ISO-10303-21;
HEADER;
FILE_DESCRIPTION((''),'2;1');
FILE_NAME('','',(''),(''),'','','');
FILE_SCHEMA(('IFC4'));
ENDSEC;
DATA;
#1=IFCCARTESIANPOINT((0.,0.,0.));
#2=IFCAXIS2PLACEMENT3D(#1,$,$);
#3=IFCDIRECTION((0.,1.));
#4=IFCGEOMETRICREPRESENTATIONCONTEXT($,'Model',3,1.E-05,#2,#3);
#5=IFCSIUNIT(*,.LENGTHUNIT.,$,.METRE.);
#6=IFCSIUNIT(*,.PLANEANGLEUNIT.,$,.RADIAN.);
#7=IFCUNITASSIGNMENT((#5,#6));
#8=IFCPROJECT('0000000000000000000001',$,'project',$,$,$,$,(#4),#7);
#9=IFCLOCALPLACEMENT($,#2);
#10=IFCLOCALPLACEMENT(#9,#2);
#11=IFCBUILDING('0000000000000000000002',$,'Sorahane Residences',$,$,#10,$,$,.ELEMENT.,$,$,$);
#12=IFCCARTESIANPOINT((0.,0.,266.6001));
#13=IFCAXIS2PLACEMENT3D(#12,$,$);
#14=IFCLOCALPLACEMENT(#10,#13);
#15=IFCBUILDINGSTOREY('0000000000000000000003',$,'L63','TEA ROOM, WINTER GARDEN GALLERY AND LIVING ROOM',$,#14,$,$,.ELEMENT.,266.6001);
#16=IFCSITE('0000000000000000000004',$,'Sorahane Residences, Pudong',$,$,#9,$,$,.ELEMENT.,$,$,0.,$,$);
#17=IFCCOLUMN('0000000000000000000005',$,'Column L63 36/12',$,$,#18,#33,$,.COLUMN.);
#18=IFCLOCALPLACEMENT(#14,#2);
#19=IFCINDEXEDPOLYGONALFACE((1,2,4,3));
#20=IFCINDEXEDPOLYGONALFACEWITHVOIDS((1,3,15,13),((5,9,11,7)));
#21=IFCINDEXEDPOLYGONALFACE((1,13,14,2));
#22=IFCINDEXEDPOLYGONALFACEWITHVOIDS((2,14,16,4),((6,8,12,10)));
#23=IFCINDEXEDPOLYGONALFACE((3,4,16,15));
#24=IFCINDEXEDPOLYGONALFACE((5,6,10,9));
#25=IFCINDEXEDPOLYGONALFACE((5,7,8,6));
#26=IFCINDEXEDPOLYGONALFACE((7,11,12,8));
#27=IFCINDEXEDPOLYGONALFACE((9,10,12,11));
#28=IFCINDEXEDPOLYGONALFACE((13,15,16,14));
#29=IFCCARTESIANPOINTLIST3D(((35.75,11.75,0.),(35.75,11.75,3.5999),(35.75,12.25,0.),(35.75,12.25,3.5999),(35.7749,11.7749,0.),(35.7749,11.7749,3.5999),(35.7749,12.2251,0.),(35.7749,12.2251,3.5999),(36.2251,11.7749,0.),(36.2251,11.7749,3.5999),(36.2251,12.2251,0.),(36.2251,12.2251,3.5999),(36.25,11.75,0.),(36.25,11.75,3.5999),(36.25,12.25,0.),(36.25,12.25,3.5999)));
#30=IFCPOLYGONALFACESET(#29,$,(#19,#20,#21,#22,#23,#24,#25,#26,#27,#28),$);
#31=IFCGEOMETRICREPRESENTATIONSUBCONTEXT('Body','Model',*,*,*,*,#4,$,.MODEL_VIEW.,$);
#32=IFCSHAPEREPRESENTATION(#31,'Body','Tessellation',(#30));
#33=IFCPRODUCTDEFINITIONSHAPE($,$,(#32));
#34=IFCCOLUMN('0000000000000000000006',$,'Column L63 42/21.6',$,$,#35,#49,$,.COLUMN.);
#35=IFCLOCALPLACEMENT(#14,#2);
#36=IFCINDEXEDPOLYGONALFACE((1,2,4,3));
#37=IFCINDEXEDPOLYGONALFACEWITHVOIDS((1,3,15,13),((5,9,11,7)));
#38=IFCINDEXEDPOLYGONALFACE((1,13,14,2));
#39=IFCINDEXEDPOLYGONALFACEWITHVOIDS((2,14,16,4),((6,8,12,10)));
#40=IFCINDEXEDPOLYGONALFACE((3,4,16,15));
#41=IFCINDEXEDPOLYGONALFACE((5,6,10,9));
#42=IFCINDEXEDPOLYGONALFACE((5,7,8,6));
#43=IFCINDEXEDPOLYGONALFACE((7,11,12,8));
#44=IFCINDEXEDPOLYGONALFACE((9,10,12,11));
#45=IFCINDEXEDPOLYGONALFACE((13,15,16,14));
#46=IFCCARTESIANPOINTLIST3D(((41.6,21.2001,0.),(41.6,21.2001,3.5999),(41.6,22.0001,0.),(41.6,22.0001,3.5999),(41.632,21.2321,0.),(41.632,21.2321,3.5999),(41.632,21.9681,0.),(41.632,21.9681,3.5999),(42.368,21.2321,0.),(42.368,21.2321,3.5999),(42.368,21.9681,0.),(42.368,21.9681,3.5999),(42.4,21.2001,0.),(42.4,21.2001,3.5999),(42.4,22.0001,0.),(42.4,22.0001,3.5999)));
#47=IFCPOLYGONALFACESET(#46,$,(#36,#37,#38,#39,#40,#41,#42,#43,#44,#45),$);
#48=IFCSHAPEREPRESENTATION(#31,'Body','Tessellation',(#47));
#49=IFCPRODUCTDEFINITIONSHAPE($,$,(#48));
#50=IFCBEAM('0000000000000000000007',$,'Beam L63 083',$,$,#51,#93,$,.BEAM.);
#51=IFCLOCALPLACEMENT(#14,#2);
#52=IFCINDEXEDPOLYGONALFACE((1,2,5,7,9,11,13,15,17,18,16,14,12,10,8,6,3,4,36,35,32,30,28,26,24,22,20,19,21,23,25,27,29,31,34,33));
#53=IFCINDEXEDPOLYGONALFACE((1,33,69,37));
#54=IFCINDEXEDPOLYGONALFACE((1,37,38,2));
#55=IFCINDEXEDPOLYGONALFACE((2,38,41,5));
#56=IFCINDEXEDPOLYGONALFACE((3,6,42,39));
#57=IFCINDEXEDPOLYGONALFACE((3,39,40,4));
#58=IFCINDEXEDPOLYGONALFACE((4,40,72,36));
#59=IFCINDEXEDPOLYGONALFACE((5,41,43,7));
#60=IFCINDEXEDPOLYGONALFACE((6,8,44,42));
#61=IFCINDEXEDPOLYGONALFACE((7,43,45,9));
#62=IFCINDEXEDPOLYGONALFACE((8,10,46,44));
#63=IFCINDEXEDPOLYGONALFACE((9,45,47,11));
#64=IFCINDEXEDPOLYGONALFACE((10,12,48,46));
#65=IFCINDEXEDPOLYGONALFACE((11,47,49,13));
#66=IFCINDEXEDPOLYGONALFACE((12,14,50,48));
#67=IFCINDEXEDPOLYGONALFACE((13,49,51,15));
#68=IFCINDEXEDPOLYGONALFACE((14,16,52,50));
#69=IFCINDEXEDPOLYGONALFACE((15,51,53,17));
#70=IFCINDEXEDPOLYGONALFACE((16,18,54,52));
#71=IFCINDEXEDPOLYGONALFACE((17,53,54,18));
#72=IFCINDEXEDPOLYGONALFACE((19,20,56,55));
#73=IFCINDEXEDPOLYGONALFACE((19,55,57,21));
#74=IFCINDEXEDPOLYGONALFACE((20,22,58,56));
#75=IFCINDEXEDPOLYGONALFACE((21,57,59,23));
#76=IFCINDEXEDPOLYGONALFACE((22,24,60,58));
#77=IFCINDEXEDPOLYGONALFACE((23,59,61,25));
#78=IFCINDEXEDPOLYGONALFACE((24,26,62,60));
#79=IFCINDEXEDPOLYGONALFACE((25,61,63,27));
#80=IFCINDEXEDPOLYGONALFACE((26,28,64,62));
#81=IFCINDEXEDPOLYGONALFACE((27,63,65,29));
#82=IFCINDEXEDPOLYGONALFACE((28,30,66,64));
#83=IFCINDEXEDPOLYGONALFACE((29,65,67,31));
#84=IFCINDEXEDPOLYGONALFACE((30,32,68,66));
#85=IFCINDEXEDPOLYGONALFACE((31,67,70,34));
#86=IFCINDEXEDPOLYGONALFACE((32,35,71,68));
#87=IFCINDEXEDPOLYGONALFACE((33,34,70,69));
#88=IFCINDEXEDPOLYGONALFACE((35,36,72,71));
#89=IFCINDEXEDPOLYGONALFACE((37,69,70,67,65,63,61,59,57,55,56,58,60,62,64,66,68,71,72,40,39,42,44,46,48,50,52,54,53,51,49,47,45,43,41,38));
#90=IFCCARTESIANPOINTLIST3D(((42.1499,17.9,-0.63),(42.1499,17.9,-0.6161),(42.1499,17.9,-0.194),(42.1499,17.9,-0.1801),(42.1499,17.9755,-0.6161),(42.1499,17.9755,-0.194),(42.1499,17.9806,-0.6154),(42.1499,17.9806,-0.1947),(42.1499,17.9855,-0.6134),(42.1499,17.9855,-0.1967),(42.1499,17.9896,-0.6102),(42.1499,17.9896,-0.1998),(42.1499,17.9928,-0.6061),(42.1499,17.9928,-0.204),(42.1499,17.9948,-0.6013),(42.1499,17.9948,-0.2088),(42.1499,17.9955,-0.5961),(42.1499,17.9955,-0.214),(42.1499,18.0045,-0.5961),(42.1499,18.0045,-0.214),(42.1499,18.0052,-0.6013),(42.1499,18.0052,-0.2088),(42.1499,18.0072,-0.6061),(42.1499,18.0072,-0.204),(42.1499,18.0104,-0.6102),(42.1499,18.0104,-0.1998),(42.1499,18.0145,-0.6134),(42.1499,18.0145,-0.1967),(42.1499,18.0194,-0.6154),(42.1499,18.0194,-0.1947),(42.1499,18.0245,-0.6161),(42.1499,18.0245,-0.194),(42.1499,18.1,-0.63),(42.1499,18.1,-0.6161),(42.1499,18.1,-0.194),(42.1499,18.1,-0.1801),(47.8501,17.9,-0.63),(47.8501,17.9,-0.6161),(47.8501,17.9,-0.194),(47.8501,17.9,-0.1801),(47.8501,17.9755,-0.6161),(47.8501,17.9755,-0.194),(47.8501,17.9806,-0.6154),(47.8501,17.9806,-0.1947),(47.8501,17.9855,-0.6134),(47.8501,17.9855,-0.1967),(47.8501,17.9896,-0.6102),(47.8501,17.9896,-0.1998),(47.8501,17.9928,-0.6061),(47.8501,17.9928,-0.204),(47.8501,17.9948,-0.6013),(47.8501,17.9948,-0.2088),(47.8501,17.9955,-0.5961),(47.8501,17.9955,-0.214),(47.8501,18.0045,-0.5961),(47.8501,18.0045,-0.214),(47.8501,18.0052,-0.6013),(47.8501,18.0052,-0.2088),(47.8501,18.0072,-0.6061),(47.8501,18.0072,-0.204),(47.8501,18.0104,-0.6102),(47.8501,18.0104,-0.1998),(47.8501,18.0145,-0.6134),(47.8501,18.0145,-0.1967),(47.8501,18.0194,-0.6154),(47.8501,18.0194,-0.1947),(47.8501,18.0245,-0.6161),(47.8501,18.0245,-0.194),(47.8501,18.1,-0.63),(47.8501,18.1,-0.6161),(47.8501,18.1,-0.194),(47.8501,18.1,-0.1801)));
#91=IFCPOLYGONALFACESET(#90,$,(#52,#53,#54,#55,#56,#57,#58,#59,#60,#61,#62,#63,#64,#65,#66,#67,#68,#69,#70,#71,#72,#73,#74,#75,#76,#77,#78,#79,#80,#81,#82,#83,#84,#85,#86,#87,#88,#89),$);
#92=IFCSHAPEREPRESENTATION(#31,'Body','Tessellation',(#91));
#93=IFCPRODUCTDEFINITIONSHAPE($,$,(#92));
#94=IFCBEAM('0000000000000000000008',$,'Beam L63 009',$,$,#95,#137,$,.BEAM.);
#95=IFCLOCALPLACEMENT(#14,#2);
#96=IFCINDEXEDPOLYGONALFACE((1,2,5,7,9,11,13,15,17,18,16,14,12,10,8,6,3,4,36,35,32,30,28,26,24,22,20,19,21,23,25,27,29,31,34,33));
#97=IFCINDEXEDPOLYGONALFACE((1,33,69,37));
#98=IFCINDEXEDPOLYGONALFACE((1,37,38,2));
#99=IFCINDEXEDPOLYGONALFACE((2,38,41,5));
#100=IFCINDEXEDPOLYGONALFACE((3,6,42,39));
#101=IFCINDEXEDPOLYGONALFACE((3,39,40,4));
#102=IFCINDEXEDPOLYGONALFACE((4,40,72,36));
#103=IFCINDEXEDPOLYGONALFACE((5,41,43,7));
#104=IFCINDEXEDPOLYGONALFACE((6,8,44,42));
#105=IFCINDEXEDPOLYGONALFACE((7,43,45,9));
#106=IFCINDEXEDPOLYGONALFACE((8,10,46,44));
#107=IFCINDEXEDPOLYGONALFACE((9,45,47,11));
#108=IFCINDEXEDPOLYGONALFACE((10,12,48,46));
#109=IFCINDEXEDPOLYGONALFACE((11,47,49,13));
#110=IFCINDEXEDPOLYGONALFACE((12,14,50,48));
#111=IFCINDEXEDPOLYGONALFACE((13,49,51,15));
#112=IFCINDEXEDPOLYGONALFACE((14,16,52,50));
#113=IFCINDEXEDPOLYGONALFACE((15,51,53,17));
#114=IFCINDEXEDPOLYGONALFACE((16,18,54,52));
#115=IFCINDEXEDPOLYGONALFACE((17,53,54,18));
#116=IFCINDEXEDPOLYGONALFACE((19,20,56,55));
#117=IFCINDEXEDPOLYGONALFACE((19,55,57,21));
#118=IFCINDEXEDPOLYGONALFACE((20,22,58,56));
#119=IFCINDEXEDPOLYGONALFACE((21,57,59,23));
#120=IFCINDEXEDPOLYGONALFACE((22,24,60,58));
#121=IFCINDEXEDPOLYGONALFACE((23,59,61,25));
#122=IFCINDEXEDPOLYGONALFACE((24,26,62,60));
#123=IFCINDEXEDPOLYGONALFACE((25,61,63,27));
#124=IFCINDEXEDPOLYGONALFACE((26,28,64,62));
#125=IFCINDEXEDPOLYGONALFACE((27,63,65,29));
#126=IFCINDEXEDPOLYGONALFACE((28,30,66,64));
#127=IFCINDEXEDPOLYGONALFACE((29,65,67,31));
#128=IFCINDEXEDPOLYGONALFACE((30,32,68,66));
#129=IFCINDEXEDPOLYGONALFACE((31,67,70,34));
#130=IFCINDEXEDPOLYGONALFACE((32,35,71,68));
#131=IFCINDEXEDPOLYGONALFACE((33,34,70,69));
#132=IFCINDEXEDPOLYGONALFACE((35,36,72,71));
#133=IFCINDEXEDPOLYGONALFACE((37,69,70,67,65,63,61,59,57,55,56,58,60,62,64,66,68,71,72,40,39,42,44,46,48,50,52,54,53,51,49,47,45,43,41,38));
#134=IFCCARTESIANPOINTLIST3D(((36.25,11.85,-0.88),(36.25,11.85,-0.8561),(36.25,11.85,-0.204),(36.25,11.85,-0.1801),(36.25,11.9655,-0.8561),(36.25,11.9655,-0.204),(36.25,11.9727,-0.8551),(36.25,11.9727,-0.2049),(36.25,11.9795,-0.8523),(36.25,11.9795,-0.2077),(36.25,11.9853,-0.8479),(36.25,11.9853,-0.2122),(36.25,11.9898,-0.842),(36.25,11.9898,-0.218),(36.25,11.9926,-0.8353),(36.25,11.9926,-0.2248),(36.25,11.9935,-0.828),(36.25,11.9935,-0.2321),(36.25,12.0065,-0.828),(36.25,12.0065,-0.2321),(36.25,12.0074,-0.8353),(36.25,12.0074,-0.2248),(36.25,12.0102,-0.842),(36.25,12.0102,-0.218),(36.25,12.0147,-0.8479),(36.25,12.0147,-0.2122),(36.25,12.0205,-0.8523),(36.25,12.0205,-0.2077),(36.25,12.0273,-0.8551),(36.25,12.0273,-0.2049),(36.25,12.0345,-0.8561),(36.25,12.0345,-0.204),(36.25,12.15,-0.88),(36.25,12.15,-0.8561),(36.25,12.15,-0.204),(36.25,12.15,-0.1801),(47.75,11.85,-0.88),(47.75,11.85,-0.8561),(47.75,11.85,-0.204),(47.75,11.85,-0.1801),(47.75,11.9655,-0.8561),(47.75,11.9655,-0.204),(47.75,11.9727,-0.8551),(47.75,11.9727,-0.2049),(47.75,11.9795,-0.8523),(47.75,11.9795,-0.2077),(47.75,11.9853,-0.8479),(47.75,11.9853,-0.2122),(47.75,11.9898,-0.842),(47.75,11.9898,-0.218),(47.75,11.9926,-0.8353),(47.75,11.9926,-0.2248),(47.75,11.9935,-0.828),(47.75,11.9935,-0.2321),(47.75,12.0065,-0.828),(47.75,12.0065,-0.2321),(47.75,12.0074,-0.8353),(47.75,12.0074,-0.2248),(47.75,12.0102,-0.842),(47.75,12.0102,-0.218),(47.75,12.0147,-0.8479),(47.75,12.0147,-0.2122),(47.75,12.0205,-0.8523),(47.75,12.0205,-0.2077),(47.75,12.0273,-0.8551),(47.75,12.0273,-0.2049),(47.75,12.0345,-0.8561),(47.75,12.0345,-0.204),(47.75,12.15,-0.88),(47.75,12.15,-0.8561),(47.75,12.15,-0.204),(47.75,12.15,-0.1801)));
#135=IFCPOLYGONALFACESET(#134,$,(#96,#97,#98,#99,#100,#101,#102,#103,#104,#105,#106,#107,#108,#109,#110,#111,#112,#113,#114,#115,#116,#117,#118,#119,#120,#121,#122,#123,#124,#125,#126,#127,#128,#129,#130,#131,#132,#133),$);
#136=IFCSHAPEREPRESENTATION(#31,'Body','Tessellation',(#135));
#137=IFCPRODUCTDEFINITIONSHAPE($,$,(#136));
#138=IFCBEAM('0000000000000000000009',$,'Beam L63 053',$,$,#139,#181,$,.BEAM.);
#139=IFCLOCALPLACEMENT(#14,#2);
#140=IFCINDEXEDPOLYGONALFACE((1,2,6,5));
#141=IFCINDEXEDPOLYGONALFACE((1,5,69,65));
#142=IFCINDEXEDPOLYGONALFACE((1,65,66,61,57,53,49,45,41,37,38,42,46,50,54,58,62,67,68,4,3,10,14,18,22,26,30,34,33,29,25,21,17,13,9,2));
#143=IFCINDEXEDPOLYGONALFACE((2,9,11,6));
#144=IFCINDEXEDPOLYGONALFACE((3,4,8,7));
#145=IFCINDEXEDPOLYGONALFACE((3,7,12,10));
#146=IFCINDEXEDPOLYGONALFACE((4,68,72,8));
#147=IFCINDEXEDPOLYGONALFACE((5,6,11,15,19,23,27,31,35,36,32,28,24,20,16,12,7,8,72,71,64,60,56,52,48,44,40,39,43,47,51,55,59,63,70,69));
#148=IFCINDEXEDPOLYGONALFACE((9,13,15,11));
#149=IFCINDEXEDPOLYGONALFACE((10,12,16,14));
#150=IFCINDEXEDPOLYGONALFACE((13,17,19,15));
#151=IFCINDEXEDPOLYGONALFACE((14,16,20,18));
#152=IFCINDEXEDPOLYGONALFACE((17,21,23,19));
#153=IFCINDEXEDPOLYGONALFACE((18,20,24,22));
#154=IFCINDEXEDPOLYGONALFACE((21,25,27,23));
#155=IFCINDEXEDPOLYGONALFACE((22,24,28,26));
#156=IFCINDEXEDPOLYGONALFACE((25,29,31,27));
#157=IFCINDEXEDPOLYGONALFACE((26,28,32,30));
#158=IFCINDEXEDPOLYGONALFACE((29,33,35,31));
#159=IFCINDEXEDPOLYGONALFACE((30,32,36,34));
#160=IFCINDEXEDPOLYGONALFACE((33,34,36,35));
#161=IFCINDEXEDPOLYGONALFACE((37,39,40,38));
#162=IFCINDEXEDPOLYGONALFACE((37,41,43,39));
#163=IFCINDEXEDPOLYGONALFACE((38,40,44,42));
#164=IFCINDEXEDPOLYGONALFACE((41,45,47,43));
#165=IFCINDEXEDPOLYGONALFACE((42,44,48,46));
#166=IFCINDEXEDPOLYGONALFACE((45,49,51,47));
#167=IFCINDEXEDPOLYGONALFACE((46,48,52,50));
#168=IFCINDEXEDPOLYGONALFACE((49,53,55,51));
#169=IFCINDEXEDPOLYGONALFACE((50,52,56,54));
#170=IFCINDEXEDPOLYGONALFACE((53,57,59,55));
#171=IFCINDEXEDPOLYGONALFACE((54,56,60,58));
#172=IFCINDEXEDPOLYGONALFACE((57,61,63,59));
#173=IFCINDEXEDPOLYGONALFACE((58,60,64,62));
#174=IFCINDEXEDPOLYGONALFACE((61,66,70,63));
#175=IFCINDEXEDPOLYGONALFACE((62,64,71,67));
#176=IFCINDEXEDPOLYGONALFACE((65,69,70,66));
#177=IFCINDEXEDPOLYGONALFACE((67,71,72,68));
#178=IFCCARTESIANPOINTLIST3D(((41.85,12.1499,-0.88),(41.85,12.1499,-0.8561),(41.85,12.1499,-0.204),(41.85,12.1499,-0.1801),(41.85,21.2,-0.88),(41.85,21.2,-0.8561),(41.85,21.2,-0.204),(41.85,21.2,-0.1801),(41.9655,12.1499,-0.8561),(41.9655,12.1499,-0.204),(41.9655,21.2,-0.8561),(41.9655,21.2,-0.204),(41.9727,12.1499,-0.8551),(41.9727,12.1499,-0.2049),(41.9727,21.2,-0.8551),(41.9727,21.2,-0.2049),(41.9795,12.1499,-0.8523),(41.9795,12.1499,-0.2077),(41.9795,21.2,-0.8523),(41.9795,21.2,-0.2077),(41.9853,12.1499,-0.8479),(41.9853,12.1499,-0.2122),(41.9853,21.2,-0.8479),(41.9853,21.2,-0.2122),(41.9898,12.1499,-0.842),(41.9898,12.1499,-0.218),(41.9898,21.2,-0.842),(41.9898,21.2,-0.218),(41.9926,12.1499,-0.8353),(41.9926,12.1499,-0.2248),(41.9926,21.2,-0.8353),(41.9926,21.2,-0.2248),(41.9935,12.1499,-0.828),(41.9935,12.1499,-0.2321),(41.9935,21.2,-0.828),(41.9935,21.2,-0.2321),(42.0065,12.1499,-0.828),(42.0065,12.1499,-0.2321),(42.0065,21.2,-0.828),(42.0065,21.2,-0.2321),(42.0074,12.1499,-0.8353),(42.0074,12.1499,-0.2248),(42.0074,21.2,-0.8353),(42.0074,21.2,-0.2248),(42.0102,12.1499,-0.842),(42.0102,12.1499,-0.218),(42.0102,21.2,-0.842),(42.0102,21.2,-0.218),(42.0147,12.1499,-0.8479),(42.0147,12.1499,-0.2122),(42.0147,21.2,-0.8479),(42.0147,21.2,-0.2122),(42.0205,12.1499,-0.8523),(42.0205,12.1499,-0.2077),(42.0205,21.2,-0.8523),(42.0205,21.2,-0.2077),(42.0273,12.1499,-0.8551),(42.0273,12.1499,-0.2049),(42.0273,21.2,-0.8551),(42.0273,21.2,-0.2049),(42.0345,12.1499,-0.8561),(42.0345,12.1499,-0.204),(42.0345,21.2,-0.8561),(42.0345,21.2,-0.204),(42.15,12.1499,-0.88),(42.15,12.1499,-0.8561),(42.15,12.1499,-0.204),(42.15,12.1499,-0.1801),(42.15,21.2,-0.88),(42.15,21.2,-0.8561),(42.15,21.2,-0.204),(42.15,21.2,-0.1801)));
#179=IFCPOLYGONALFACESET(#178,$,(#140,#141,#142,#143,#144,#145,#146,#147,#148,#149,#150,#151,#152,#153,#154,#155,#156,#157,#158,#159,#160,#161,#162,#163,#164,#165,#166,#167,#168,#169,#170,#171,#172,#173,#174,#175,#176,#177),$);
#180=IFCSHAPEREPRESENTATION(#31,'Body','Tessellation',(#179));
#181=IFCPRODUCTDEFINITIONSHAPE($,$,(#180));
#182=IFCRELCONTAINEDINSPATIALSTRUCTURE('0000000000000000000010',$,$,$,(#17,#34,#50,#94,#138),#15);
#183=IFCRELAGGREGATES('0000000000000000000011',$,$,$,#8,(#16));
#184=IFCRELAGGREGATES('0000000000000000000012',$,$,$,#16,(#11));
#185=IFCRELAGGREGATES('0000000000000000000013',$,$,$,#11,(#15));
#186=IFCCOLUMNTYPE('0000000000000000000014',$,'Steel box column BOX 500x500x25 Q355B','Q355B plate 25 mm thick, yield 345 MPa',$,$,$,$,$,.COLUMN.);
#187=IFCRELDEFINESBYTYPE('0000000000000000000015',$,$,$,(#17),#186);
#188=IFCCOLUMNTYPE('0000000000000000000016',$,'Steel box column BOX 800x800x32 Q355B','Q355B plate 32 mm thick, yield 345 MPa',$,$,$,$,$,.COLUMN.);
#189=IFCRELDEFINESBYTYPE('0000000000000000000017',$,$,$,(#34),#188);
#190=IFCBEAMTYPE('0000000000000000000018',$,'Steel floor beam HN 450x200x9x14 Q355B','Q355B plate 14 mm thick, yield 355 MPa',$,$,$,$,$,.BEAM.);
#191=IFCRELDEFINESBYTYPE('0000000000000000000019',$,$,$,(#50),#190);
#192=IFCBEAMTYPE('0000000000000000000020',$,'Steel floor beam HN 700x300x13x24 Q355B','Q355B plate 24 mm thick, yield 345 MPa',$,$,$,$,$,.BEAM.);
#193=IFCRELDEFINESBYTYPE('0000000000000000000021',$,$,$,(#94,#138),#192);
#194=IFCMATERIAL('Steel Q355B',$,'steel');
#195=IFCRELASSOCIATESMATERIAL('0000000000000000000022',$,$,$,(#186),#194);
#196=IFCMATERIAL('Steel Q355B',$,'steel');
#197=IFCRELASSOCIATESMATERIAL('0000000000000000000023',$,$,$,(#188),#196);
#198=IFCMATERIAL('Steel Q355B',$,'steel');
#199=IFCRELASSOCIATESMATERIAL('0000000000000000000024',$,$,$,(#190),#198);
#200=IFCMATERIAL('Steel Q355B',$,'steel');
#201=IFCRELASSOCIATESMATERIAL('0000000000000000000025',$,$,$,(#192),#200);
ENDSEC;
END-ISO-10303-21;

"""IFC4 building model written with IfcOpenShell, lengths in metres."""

from ifc_helpers import new_model, si_unit, direction, frame, origin, origin_2d, place, context, subcontext, project, spatial, hollow_rectangle, i_section, extrude, material, material_profile, profile_set, type_object, element, save


model = new_model("IFC4")

# Units and contexts
model_context = context("Model", 3, precision=1e-05, world=origin(), true_north=direction((0.0, 1.0)))
body_context = subcontext(model_context, "Body", "Model", "MODEL_VIEW")
ifc_project = project(units=[si_unit("LENGTHUNIT", "METRE"), si_unit("PLANEANGLEUNIT", "RADIAN")], contexts=[model_context])

# Site, building, storey
site_placement = place(None, origin())
site = spatial("IfcSite", under=ifc_project, at=site_placement, Name="Sorahane Residences, Pudong", CompositionType="ELEMENT", RefElevation=0.0)
building_placement = place(site_placement, origin())
building = spatial("IfcBuilding", under=site, at=building_placement, Name="Sorahane Residences", CompositionType="ELEMENT")
storey_placement = place(building_placement, frame((0.0, 0.0, 266.6001)))
storey = spatial("IfcBuildingStorey", under=building, at=storey_placement, Name="L63", Description="TEA ROOM, WINTER GARDEN GALLERY AND LIVING ROOM", CompositionType="ELEMENT", Elevation=266.6001)

# Columns
ifc_material_1 = material(Name="Steel Q355B", Category="steel")
ifc_material_profile_1 = material_profile(ifc_material_1, hollow_rectangle(XDim=0.5, YDim=0.5, WallThickness=0.0249, at=origin_2d()), Name="BOX 500x500x25")
ifc_profile_set_1 = profile_set([ifc_material_profile_1], Name="Steel Q355B")
column_type_1 = type_object("IfcColumnType", Name="Steel box column BOX 500x500x25 Q355B", Description="Q355B plate 25 mm thick, yield 345 MPa", PredefinedType="COLUMN", material=ifc_profile_set_1)
column_1_placement = place(storey_placement, frame((36.0, 12.0, 0.0), z_axis=(0.0, 0.0, 1.0), x_axis=(1.0, 0.0, 0.0)))
element("IfcColumn", 1, at=column_1_placement, inside=storey, type_object=column_type_1, Name="Column L63 36/12", PredefinedType="COLUMN", context=body_context, shape_type="SweptSolid", body=[
    extrude(hollow_rectangle(XDim=0.5, YDim=0.5, WallThickness=0.0249, at=origin_2d()), origin(), (0.0, 0.0, 1.0), 3.5999),
])
ifc_material_2 = material(Name="Steel Q355B", Category="steel")
ifc_material_profile_2 = material_profile(ifc_material_2, hollow_rectangle(XDim=0.8, YDim=0.8, WallThickness=0.032, at=origin_2d()), Name="BOX 800x800x32")
ifc_profile_set_2 = profile_set([ifc_material_profile_2], Name="Steel Q355B")
column_type_2 = type_object("IfcColumnType", Name="Steel box column BOX 800x800x32 Q355B", Description="Q355B plate 32 mm thick, yield 345 MPa", PredefinedType="COLUMN", material=ifc_profile_set_2)
column_2_placement = place(storey_placement, frame((42.0, 21.6001, 0.0), z_axis=(0.0, 0.0, 1.0), x_axis=(1.0, 0.0, 0.0)))
element("IfcColumn", 2, at=column_2_placement, inside=storey, type_object=column_type_2, Name="Column L63 42/21.6", PredefinedType="COLUMN", context=body_context, shape_type="SweptSolid", body=[
    extrude(hollow_rectangle(XDim=0.8, YDim=0.8, WallThickness=0.032, at=origin_2d()), origin(), (0.0, 0.0, 1.0), 3.5999),
])

# Beams
ifc_material_3 = material(Name="Steel Q355B", Category="steel")
ifc_material_profile_3 = material_profile(ifc_material_3, i_section(OverallWidth=0.2, OverallDepth=0.45, WebThickness=0.009, FlangeThickness=0.0139, FilletRadius=0.02, at=origin_2d()), Name="HN 450x200x9x14")
ifc_profile_set_3 = profile_set([ifc_material_profile_3], Name="Steel Q355B")
beam_type_1 = type_object("IfcBeamType", Name="Steel floor beam HN 450x200x9x14 Q355B", Description="Q355B plate 14 mm thick, yield 355 MPa", PredefinedType="BEAM", material=ifc_profile_set_3)
beam_1_placement = place(storey_placement, frame((42.1499, 18.0, -0.405), z_axis=(1.0, 0.0, 0.0), x_axis=(0.0, 1.0, 0.0)))
element("IfcBeam", 3, at=beam_1_placement, inside=storey, type_object=beam_type_1, Name="Beam L63 083", PredefinedType="BEAM", context=body_context, shape_type="SweptSolid", body=[
    extrude(i_section(OverallWidth=0.2, OverallDepth=0.45, WebThickness=0.009, FlangeThickness=0.0139, FilletRadius=0.02, at=origin_2d()), origin(), (0.0, 0.0, 1.0), 5.7002),
])
ifc_material_4 = material(Name="Steel Q355B", Category="steel")
ifc_material_profile_4 = material_profile(ifc_material_4, i_section(OverallWidth=0.3, OverallDepth=0.7, WebThickness=0.0129, FlangeThickness=0.0239, FilletRadius=0.0281, at=origin_2d()), Name="HN 700x300x13x24")
ifc_profile_set_4 = profile_set([ifc_material_profile_4], Name="Steel Q355B")
beam_type_2 = type_object("IfcBeamType", Name="Steel floor beam HN 700x300x13x24 Q355B", Description="Q355B plate 24 mm thick, yield 345 MPa", PredefinedType="BEAM", material=ifc_profile_set_4)
beam_2_placement = place(storey_placement, frame((36.25, 12.0, -0.53), z_axis=(1.0, 0.0, 0.0), x_axis=(0.0, 1.0, 0.0)))
element("IfcBeam", 4, at=beam_2_placement, inside=storey, type_object=beam_type_2, Name="Beam L63 009", PredefinedType="BEAM", context=body_context, shape_type="SweptSolid", body=[
    extrude(i_section(OverallWidth=0.3, OverallDepth=0.7, WebThickness=0.0129, FlangeThickness=0.0239, FilletRadius=0.0281, at=origin_2d()), origin(), (0.0, 0.0, 1.0), 11.5),
])
beam_3_placement = place(storey_placement, frame((42.0, 12.1499, -0.53), z_axis=(0.0, 1.0, 0.0), x_axis=(-1.0, 0.0, 0.0)))
element("IfcBeam", 5, at=beam_3_placement, inside=storey, type_object=beam_type_2, Name="Beam L63 053", PredefinedType="BEAM", context=body_context, shape_type="SweptSolid", body=[
    extrude(i_section(OverallWidth=0.3, OverallDepth=0.7, WebThickness=0.0129, FlangeThickness=0.0239, FilletRadius=0.0281, at=origin_2d()), origin(), (0.0, 0.0, 1.0), 9.05),
])

save(model, "model.ifc")
